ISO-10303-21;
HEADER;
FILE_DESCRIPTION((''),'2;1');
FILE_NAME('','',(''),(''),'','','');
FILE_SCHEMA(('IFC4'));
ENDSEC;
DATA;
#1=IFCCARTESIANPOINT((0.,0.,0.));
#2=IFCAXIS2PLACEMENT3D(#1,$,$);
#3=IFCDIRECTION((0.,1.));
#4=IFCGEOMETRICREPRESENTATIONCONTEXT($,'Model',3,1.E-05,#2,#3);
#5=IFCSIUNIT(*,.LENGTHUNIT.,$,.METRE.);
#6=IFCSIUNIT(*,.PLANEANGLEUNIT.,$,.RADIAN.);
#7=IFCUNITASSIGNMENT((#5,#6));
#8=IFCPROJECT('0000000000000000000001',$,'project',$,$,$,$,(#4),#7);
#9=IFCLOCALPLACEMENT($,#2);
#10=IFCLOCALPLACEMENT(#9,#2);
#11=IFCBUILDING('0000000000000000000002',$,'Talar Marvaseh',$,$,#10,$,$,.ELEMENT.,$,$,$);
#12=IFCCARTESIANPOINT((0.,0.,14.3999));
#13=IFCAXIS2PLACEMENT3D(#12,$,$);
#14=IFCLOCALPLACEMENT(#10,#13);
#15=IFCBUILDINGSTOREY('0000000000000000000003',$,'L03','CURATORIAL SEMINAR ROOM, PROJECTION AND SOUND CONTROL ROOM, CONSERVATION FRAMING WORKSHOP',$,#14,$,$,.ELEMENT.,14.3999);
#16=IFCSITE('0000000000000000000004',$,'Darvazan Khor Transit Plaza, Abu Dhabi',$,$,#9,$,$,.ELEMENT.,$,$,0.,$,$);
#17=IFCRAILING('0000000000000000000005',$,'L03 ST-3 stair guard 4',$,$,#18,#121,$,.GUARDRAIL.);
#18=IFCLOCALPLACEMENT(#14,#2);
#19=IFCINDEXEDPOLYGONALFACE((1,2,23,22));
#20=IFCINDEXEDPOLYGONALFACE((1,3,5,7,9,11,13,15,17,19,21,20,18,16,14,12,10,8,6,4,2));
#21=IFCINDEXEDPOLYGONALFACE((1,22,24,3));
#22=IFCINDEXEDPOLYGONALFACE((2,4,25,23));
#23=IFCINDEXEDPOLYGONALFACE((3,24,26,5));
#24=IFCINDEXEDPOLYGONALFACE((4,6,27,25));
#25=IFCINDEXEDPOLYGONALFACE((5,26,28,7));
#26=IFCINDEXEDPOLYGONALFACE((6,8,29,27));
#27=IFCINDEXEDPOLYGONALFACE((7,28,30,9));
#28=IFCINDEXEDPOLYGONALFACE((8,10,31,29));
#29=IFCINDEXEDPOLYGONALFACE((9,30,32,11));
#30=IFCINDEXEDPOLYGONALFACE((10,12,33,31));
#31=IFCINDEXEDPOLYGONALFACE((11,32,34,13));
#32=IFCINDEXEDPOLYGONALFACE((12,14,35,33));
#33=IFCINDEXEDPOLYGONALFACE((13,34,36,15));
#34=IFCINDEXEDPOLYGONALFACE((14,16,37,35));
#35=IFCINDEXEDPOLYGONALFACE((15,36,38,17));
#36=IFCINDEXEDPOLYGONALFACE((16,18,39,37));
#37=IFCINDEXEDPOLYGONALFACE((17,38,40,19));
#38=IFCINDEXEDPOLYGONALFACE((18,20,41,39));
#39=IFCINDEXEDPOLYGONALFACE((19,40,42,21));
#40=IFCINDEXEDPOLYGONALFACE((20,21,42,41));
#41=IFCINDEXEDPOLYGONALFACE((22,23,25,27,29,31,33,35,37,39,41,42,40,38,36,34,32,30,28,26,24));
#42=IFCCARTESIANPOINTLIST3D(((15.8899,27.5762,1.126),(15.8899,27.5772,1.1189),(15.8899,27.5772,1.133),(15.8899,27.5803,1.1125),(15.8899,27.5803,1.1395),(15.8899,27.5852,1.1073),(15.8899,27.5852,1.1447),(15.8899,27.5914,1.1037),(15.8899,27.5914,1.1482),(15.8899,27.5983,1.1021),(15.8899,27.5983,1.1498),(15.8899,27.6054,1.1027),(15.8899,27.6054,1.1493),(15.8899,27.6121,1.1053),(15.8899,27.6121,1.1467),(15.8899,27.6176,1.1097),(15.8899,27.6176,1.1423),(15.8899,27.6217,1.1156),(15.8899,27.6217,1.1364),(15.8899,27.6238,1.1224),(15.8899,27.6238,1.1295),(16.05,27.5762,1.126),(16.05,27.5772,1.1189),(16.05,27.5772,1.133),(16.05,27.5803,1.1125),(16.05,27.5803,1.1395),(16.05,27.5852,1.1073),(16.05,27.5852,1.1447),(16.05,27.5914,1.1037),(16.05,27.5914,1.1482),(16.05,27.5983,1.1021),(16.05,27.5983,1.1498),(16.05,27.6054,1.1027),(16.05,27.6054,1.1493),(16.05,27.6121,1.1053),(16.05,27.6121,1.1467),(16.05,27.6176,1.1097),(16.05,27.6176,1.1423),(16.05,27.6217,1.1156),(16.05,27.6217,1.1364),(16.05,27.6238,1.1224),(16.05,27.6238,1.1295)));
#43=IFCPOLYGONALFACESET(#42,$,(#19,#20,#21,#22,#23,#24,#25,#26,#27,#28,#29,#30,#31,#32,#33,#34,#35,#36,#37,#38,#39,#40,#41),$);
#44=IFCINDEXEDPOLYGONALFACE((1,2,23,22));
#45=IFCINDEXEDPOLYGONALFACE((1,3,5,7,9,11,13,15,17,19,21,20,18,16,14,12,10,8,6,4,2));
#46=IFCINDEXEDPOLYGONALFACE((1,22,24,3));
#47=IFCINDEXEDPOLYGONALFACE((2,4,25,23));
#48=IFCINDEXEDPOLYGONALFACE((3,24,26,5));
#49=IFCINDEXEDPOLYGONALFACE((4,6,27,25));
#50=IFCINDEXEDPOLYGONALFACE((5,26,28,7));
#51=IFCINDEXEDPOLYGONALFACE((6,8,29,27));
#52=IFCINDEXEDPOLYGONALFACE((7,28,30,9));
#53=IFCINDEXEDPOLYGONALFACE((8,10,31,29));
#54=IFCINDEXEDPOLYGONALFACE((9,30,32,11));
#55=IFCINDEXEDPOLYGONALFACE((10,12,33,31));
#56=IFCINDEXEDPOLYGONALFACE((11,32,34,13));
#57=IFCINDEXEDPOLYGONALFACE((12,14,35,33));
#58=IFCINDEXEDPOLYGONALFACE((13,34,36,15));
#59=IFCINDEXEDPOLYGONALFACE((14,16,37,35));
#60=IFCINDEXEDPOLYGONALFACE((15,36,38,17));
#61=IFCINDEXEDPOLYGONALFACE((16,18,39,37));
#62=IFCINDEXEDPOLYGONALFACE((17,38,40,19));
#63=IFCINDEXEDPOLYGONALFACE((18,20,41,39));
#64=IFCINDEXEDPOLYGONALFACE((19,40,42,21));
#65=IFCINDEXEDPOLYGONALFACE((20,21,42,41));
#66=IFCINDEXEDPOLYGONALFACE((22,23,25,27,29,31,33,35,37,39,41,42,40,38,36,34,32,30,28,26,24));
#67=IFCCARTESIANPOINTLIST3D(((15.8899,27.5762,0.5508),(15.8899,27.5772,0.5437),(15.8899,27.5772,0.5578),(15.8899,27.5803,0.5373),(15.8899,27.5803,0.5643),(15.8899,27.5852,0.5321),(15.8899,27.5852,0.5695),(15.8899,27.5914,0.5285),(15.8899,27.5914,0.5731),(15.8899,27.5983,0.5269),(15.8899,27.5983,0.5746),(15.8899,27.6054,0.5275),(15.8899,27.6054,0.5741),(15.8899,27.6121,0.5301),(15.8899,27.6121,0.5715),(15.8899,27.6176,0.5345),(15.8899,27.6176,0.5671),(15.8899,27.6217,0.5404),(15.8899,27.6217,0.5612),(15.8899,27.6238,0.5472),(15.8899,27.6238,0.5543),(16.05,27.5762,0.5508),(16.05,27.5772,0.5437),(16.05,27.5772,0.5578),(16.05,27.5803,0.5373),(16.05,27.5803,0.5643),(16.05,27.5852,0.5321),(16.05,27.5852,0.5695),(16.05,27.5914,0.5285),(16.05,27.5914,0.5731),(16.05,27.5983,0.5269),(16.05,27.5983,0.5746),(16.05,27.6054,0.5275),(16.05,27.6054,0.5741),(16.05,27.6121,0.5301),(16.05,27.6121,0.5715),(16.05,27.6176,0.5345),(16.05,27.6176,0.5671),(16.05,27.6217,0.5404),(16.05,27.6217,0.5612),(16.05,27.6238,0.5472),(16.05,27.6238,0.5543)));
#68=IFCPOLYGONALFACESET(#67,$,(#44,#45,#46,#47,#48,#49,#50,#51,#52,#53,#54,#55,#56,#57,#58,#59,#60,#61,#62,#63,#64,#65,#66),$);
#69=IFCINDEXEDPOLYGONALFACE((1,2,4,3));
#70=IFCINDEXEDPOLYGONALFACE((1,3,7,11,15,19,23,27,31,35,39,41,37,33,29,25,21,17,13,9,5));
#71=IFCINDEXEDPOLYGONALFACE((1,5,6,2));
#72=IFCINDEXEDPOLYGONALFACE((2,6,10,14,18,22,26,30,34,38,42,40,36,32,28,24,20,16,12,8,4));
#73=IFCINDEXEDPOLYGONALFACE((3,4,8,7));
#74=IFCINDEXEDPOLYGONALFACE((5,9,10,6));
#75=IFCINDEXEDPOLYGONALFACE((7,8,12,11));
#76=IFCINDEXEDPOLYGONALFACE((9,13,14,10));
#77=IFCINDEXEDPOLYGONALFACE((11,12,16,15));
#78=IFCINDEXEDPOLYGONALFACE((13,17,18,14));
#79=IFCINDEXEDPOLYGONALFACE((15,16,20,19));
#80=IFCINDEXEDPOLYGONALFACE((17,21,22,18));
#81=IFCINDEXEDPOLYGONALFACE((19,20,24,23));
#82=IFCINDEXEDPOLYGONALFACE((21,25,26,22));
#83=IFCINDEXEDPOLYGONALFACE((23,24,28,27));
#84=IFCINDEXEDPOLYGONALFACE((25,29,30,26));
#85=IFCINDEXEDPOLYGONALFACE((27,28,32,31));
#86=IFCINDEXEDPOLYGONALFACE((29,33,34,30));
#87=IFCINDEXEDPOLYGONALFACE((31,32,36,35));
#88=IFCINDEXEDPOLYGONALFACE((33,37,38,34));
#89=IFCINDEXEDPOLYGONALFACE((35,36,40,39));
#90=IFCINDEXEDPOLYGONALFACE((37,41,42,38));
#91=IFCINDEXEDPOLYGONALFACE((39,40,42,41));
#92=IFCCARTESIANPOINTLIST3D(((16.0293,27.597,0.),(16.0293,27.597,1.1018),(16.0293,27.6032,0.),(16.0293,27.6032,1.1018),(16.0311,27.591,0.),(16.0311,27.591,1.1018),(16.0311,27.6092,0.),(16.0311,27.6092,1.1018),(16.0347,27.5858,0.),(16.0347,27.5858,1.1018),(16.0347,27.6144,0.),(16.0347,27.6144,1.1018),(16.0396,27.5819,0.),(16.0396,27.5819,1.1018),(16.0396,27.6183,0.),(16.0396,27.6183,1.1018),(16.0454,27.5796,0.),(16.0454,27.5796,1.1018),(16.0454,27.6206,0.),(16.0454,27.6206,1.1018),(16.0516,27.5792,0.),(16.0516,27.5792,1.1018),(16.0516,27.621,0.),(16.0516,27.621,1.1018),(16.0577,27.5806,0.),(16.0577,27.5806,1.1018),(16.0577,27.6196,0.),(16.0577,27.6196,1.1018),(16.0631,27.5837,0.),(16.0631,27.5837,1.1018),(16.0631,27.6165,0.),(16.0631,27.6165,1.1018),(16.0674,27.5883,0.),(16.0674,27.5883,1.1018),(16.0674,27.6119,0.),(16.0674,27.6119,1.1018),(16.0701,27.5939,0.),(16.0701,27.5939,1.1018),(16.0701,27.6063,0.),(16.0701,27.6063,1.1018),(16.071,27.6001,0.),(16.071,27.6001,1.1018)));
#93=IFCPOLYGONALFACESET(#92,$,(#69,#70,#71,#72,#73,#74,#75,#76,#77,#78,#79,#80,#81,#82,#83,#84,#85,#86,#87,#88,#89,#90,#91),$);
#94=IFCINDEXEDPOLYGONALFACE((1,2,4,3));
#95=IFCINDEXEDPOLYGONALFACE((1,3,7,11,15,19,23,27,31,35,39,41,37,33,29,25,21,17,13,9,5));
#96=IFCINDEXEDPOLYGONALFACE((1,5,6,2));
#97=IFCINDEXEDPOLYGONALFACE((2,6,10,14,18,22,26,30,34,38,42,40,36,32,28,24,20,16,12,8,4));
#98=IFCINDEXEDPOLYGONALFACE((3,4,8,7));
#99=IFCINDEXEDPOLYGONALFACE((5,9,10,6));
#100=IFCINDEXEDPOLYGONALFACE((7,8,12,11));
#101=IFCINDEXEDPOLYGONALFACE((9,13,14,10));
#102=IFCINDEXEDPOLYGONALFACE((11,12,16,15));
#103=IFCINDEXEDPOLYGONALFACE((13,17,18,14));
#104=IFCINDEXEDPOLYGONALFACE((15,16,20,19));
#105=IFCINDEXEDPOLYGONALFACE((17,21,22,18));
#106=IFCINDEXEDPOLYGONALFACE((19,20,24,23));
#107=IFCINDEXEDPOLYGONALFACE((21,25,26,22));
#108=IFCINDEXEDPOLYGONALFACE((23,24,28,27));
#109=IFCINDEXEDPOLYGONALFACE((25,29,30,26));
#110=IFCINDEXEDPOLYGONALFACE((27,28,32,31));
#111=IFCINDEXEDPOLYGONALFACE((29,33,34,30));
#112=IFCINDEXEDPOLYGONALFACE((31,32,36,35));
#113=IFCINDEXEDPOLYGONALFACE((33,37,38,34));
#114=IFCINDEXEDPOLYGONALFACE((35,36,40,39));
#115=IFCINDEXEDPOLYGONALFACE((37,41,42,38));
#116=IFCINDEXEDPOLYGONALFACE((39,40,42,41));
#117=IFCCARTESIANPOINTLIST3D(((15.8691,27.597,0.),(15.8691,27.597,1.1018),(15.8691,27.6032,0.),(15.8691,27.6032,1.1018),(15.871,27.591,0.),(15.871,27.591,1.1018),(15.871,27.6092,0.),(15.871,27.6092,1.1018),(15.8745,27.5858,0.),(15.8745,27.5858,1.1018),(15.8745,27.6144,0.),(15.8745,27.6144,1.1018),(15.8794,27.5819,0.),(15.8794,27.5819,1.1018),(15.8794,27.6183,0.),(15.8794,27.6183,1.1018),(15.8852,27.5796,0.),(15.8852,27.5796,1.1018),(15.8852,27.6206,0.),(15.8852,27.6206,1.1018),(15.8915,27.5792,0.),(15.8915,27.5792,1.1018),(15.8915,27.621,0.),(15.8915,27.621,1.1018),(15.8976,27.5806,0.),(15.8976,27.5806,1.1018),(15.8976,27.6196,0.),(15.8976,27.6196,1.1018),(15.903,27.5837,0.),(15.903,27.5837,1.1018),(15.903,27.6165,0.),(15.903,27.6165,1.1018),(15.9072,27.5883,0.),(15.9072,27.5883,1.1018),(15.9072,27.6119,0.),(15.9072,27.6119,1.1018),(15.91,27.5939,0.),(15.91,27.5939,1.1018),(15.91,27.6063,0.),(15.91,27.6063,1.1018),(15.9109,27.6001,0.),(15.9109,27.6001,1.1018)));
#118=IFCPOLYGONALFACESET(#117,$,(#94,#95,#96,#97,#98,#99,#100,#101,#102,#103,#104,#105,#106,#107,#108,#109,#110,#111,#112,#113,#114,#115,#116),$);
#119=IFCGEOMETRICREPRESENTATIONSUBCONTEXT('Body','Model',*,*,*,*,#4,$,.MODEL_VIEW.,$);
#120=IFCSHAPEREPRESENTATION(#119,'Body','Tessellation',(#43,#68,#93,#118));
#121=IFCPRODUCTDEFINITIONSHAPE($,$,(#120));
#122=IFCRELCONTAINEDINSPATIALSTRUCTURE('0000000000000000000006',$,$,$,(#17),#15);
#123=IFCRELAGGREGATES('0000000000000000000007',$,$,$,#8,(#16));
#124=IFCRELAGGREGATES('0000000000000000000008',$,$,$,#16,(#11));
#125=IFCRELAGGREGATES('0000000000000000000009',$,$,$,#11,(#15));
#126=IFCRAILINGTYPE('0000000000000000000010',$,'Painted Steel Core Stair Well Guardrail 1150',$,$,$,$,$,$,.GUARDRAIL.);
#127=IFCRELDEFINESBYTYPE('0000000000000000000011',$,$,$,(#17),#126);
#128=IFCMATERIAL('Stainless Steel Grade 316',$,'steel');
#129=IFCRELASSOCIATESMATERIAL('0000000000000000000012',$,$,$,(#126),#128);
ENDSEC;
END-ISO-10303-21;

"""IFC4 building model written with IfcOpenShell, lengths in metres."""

from ifc_helpers import new_model, si_unit, direction, frame, origin, origin_2d, place, context, subcontext, project, spatial, circle, extrude, material, type_object, element, save


model = new_model("IFC4")

# Units and contexts
model_context = context("Model", 3, precision=1e-05, world=origin(), true_north=direction((0.0, 1.0)))
body_context = subcontext(model_context, "Body", "Model", "MODEL_VIEW")
ifc_project = project(units=[si_unit("LENGTHUNIT", "METRE"), si_unit("PLANEANGLEUNIT", "RADIAN")], contexts=[model_context])

# Site, building, storey
site_placement = place(None, origin())
site = spatial("IfcSite", under=ifc_project, at=site_placement, Name="Darvazan Khor Transit Plaza, Abu Dhabi", CompositionType="ELEMENT", RefElevation=0.0)
building_placement = place(site_placement, origin())
building = spatial("IfcBuilding", under=site, at=building_placement, Name="Talar Marvaseh", CompositionType="ELEMENT")
storey_placement = place(building_placement, frame((0.0, 0.0, 14.3999)))
storey = spatial("IfcBuildingStorey", under=building, at=storey_placement, Name="L03", Description="CURATORIAL SEMINAR ROOM, PROJECTION AND SOUND CONTROL ROOM, CONSERVATION FRAMING WORKSHOP", CompositionType="ELEMENT", Elevation=14.3999)

# Railing
ifc_material_1 = material(Name="Stainless Steel Grade 316", Category="steel")
railing_type_1 = type_object("IfcRailingType", Name="Painted Steel Core Stair Well Guardrail 1150", PredefinedType="GUARDRAIL", material=ifc_material_1)
railing_1_placement = place(storey_placement, frame((16.05, 27.6001, 0.0)))
element("IfcRailing", 1, at=railing_1_placement, inside=storey, type_object=railing_type_1, Name="L03 ST-3 stair guard 4", PredefinedType="GUARDRAIL", context=body_context, shape_type="SweptSolid", body=[
    extrude(circle(Radius=0.0239, at=origin_2d()), frame((0.0, 0.0, 1.126), z_axis=(-1.0, 0.0, 0.0), x_axis=(0.0, -1.0, 0.0)), (0.0, 0.0, 1.0), 0.1602),
    extrude(circle(Radius=0.0239, at=origin_2d()), frame((0.0, 0.0, 0.5508), z_axis=(-1.0, 0.0, 0.0), x_axis=(0.0, -1.0, 0.0)), (0.0, 0.0, 1.0), 0.1602),
    extrude(circle(Radius=0.021, at=origin_2d()), origin(), (0.0, 0.0, 1.0), 1.1018),
    extrude(circle(Radius=0.021, at=origin_2d()), frame((-0.1602, 0.0, 0.0)), (0.0, 0.0, 1.0), 1.1018),
])

save(model, "model.ifc")
